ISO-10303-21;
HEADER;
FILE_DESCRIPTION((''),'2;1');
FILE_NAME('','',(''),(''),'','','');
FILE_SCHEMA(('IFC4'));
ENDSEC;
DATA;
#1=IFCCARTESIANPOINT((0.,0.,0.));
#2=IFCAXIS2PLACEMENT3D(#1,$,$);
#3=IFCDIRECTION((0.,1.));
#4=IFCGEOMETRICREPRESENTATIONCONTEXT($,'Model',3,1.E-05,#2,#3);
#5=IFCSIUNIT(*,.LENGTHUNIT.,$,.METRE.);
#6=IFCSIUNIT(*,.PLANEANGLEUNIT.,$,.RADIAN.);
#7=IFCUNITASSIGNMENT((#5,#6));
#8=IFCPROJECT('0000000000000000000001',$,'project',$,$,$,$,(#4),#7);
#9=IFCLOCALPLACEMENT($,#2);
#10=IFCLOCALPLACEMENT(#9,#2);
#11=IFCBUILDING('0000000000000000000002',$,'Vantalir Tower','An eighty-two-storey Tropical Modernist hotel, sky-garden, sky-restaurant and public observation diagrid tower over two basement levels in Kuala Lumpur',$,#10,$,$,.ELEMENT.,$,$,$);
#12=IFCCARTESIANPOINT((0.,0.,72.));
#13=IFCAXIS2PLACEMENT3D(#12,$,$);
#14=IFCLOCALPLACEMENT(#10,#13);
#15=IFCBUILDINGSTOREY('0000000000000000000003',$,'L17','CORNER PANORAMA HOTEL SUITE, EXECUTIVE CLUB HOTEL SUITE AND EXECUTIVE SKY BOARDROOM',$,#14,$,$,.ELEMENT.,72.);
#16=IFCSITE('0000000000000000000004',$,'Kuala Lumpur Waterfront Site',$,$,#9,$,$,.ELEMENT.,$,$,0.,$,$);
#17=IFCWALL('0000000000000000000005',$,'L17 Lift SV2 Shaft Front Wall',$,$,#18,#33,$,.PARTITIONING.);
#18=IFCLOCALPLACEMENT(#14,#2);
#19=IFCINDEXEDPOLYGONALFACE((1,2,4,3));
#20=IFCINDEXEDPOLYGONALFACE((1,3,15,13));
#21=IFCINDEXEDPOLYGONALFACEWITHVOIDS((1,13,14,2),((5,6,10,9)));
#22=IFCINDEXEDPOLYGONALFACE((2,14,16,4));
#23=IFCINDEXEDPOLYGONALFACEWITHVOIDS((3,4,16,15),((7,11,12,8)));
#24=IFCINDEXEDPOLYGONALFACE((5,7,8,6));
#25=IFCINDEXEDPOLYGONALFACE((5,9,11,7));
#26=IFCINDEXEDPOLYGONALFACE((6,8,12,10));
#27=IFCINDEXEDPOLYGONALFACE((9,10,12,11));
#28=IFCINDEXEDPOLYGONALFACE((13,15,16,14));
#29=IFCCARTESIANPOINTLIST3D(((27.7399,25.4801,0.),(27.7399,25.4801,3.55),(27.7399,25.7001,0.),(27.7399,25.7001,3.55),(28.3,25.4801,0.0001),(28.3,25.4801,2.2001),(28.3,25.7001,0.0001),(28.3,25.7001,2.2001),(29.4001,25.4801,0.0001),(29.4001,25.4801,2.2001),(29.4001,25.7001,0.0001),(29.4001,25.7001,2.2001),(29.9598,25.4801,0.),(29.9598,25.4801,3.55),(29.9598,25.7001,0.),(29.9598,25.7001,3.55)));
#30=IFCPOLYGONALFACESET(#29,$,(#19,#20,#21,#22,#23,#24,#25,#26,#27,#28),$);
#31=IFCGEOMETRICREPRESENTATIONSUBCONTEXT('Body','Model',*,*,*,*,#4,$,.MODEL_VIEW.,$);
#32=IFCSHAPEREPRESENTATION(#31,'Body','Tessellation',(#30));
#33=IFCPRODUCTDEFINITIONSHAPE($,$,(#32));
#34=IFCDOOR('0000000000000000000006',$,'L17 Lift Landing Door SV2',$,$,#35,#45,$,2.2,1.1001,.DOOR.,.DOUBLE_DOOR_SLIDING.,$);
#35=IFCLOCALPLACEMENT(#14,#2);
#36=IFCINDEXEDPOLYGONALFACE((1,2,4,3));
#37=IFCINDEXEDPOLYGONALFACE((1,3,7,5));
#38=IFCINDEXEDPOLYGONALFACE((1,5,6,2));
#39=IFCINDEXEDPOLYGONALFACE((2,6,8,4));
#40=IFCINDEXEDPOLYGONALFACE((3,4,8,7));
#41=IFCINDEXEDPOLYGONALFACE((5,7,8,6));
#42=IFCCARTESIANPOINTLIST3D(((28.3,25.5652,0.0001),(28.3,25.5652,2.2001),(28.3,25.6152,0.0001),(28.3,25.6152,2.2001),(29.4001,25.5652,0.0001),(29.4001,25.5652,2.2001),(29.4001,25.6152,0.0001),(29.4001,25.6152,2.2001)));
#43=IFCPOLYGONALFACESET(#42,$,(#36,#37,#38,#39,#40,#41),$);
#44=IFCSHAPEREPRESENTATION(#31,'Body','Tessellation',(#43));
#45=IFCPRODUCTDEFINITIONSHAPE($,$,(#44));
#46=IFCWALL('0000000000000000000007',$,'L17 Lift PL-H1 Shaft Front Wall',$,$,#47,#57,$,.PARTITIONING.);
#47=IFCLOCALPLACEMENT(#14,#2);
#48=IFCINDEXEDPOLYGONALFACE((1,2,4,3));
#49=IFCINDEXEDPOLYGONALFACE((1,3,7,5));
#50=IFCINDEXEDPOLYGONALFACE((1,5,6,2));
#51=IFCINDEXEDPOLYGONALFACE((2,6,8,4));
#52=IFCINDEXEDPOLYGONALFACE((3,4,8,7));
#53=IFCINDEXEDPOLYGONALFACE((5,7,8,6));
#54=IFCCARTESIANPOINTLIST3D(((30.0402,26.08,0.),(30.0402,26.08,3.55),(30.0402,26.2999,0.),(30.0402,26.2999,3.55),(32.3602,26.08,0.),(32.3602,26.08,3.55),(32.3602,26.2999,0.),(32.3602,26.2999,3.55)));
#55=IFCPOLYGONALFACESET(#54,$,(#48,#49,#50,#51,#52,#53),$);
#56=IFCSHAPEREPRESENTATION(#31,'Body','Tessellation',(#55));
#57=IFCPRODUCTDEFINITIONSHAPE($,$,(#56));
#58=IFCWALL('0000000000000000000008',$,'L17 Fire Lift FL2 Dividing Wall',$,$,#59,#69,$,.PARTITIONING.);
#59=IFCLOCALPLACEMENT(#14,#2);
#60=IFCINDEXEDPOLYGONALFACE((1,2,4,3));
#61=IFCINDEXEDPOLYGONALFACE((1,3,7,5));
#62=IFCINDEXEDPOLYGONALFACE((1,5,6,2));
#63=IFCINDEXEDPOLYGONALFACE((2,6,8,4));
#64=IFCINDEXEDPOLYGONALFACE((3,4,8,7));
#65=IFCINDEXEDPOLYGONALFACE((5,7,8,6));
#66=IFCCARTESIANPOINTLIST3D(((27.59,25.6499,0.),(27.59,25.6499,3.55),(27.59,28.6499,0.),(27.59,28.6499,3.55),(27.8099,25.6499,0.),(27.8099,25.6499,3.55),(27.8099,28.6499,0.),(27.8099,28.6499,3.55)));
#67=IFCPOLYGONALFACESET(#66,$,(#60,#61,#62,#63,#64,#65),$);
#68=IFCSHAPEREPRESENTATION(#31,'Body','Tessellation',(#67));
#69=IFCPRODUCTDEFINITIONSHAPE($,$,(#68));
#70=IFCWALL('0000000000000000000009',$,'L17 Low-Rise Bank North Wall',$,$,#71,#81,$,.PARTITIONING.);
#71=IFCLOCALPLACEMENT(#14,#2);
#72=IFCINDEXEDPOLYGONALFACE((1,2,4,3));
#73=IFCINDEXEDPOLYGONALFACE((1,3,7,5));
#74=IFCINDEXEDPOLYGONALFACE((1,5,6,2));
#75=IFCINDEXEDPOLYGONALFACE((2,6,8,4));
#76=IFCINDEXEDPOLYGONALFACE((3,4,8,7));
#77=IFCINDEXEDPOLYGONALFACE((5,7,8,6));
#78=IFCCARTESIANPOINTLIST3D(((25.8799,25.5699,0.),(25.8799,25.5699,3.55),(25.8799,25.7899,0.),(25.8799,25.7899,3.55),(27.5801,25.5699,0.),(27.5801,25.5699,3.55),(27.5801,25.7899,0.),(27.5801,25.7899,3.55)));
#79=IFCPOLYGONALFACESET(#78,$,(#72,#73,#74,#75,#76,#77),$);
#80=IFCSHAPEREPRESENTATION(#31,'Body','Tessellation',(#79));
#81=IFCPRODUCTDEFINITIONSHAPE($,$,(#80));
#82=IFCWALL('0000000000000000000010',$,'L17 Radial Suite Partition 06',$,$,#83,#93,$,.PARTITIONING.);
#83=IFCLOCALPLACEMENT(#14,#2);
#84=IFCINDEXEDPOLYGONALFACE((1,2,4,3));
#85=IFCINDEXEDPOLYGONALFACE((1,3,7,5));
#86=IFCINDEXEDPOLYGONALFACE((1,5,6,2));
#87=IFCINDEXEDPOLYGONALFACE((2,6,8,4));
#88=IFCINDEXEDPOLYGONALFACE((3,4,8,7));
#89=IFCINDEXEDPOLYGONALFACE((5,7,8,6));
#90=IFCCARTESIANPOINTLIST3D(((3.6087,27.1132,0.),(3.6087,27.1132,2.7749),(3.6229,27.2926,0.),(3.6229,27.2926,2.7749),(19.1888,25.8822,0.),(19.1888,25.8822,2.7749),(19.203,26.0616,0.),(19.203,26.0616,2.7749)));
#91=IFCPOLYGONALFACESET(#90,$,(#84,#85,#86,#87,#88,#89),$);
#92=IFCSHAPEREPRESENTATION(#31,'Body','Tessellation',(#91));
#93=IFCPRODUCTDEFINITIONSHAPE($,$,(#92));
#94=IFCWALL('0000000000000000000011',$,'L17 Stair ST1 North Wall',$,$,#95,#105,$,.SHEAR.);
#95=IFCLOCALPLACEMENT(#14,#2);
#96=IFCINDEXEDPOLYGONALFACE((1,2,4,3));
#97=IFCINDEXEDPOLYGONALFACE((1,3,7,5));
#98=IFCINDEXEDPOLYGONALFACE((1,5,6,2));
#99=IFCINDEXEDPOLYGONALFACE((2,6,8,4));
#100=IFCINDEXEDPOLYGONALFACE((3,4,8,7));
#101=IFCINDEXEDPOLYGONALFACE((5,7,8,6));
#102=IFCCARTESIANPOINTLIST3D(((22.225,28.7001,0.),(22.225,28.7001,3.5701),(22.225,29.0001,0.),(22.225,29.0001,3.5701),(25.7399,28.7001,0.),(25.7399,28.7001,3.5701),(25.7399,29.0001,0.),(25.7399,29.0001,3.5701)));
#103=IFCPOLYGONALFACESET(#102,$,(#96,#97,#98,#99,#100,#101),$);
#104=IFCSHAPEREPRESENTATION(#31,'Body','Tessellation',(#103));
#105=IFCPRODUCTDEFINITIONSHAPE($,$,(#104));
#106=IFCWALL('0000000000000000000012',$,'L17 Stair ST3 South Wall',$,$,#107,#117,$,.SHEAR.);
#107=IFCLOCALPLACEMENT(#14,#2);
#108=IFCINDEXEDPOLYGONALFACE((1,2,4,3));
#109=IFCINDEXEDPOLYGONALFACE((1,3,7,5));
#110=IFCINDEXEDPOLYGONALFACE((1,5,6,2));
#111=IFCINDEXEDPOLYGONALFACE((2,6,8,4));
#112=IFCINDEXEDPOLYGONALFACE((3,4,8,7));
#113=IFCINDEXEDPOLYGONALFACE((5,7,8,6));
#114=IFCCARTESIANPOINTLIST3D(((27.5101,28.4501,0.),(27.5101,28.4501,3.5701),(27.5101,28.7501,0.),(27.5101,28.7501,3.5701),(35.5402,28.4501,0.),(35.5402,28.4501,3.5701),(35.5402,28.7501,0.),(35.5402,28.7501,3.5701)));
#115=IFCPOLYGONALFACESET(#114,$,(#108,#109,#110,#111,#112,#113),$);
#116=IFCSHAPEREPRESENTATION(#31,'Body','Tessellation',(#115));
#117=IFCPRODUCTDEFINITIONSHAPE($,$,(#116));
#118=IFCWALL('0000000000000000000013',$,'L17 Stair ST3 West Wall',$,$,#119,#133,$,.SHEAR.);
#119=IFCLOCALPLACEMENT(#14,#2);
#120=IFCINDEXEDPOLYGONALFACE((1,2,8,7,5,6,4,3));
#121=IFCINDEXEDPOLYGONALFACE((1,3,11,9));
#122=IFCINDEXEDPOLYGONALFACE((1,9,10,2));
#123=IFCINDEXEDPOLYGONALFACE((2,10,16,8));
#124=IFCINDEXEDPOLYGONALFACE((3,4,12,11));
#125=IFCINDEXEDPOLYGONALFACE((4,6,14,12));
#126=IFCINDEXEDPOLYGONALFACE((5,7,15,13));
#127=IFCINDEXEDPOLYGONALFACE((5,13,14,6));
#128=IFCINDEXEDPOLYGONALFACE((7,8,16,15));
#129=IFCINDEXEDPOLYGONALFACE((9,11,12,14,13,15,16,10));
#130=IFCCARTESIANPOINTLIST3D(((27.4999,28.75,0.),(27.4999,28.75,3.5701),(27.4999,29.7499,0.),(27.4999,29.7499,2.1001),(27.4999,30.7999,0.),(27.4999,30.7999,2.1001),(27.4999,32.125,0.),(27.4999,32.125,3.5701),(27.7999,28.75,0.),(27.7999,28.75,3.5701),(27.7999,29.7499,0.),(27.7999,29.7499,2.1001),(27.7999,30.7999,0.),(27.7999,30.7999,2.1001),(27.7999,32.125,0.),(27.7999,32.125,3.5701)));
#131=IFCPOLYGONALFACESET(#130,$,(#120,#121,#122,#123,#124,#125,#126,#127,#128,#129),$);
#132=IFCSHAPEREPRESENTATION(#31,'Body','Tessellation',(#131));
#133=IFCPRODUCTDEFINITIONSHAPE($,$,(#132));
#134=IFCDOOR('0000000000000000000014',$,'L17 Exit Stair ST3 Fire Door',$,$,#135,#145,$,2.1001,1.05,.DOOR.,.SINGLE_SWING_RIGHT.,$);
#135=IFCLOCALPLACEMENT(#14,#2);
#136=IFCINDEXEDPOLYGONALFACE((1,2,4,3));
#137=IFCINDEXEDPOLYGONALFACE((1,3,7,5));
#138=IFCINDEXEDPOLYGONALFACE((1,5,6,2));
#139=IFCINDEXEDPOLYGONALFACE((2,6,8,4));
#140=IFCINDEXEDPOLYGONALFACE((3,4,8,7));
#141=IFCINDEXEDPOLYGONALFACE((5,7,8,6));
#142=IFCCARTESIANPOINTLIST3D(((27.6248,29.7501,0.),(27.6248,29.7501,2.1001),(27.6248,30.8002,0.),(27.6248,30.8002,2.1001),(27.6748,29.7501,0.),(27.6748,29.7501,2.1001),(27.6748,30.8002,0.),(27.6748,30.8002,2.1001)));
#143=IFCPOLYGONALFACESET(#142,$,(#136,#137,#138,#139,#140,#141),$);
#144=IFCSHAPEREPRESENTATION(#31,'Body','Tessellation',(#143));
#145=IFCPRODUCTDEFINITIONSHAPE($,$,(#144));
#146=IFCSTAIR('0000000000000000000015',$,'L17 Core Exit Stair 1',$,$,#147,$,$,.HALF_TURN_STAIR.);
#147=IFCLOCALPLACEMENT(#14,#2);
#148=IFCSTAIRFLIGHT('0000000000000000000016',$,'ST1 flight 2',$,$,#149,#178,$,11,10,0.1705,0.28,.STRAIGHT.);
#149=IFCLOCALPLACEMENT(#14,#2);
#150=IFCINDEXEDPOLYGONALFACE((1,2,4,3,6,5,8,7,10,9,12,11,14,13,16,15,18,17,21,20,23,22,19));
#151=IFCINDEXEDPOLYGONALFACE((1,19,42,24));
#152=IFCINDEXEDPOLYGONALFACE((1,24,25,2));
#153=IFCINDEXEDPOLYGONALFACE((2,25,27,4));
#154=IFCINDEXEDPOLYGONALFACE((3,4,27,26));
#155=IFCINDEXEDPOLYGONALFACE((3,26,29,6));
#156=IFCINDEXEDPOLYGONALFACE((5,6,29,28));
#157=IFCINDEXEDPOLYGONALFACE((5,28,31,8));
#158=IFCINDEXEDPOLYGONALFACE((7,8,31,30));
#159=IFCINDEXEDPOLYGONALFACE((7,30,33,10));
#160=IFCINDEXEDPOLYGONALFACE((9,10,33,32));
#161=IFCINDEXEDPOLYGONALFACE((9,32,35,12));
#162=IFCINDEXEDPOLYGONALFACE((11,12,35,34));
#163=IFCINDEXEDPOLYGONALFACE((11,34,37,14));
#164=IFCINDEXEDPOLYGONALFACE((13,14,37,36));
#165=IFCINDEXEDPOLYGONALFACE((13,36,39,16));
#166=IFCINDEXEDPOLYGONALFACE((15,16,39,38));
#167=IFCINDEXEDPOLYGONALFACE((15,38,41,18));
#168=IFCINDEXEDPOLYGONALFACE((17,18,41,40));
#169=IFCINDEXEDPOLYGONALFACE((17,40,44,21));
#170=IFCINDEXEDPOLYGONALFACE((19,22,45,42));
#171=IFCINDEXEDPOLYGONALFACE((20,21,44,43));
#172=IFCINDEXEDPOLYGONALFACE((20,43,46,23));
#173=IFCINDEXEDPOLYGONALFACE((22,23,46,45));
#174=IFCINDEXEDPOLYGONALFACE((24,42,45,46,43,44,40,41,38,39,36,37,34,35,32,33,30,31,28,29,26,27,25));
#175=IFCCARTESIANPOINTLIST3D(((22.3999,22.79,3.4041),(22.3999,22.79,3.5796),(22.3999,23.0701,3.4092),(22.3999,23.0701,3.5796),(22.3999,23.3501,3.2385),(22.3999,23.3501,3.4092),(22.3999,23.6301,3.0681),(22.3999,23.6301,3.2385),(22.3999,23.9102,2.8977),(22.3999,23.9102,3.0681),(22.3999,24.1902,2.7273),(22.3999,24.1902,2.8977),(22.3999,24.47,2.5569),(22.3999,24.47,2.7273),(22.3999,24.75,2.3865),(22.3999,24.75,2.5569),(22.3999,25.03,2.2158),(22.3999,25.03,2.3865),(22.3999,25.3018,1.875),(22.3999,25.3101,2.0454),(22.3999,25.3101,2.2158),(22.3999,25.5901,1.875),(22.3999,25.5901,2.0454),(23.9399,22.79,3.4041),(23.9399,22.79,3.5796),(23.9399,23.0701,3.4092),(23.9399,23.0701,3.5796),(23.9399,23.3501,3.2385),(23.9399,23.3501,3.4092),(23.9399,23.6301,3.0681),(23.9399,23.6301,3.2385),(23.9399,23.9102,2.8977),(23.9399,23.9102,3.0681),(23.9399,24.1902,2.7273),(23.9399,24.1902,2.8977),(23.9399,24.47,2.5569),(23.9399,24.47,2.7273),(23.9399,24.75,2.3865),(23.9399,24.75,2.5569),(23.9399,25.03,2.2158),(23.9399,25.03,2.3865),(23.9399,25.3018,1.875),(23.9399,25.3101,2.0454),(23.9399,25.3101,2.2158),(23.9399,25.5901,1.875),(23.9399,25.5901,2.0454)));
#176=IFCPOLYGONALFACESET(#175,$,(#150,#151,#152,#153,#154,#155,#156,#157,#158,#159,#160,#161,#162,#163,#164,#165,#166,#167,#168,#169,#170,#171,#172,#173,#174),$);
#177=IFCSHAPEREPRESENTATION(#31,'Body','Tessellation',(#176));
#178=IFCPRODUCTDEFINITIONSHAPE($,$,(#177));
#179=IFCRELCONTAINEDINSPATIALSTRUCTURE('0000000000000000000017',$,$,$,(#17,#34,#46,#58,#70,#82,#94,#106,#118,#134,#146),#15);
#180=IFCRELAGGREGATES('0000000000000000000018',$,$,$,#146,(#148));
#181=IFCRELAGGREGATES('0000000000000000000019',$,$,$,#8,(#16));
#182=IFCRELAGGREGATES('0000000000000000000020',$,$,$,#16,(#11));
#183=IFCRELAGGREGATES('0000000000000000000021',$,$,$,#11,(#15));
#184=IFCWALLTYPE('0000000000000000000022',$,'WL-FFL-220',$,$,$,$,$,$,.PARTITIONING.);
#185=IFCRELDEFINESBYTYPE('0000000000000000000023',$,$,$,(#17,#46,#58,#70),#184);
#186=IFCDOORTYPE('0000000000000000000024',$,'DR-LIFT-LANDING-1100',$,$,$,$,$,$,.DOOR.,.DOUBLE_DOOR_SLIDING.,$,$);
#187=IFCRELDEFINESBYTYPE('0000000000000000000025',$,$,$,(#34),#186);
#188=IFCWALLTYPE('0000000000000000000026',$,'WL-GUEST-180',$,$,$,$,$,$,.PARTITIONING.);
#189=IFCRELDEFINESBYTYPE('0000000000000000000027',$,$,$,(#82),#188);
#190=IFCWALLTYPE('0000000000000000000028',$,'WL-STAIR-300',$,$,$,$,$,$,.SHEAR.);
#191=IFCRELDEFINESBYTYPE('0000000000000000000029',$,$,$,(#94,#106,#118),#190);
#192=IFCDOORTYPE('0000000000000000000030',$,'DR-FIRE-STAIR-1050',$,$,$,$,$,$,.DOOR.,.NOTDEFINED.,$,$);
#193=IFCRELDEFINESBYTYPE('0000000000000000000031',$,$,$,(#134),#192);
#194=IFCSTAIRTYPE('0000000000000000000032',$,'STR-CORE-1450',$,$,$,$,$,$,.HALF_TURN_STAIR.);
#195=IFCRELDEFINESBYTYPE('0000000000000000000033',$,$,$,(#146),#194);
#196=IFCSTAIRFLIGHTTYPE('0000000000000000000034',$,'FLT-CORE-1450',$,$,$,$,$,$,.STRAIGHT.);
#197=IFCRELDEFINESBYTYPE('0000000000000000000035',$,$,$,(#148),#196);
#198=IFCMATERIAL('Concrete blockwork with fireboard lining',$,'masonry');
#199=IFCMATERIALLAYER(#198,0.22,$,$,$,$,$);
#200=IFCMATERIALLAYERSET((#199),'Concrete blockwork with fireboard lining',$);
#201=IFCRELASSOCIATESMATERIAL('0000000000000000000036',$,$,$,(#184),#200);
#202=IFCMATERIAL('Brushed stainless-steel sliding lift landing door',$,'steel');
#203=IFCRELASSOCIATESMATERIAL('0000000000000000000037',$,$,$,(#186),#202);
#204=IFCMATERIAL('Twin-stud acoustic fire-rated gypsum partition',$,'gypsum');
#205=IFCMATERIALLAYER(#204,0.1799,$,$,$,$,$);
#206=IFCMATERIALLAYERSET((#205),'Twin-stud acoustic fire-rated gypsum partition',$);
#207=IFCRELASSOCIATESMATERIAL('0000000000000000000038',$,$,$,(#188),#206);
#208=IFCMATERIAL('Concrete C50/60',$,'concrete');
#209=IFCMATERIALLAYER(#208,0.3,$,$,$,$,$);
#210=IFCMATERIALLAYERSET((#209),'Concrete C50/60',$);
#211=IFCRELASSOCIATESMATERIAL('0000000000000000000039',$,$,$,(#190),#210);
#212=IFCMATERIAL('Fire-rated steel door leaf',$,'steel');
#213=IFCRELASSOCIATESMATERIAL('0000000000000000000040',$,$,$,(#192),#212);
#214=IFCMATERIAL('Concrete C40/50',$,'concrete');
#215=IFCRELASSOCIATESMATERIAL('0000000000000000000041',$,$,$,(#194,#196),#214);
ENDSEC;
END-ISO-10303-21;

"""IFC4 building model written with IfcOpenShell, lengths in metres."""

from ifc_helpers import new_model, si_unit, direction, frame, frame_2d, origin, place, context, subcontext, project, spatial, polyline, rectangle, outline, extrude, material, layer, layer_set, type_object, element, fill, aggregate, save


model = new_model("IFC4")

# Units and contexts
model_context = context("Model", 3, precision=1e-05, world=origin(), true_north=direction((0.0, 1.0)))
body_context = subcontext(model_context, "Body", "Model", "MODEL_VIEW")
ifc_project = project(units=[si_unit("LENGTHUNIT", "METRE"), si_unit("PLANEANGLEUNIT", "RADIAN")], contexts=[model_context])

# Site, building, storey
site_placement = place(None, origin())
site = spatial("IfcSite", under=ifc_project, at=site_placement, Name="Kuala Lumpur Waterfront Site", CompositionType="ELEMENT", RefElevation=0.0)
building_placement = place(site_placement, origin())
building = spatial("IfcBuilding", under=site, at=building_placement, Name="Vantalir Tower", Description="An eighty-two-storey Tropical Modernist hotel, sky-garden, sky-restaurant and public observation diagrid tower over two basement levels in Kuala Lumpur", CompositionType="ELEMENT")
storey_placement = place(building_placement, frame((0.0, 0.0, 72.0)))
storey = spatial("IfcBuildingStorey", under=building, at=storey_placement, Name="L17", Description="CORNER PANORAMA HOTEL SUITE, EXECUTIVE CLUB HOTEL SUITE AND EXECUTIVE SKY BOARDROOM", CompositionType="ELEMENT", Elevation=72.0)

# Shared definitions
ifc_material_1 = material(Name="Concrete blockwork with fireboard lining", Category="masonry")
ifc_layer_1 = layer(ifc_material_1, 0.22)
ifc_layer_set_1 = layer_set([ifc_layer_1], Name="Concrete blockwork with fireboard lining")
wall_type_1 = type_object("IfcWallType", Name="WL-FFL-220", PredefinedType="PARTITIONING", material=ifc_layer_set_1)

# Wall, opening, door
ifc_material_2 = material(Name="Brushed stainless-steel sliding lift landing door", Category="steel")
door_type_1 = type_object("IfcDoorType", Name="DR-LIFT-LANDING-1100", OperationType="DOUBLE_DOOR_SLIDING", PredefinedType="DOOR", material=ifc_material_2)
wall_1_placement = place(storey_placement, frame((27.74, 25.5901, 0.0), z_axis=(0.0, 0.0, 1.0), x_axis=(1.0, 0.0, 0.0)))
wall_1 = element("IfcWall", 1, at=wall_1_placement, inside=storey, type_object=wall_type_1, Name="L17 Lift SV2 Shaft Front Wall", PredefinedType="PARTITIONING", context=body_context, shape_type="SweptSolid", body=[
    extrude(rectangle(XDim=2.22, YDim=0.22, at=frame_2d((1.1099, 0.0))), origin(), (0.0, 0.0, 1.0), 3.55),
])
opening_1_placement = place(wall_1_placement, frame((0.5601, 0.0, 0.0)))
opening_1 = element("IfcOpeningElement", 2, at=opening_1_placement, cuts=wall_1, PredefinedType="OPENING", context=body_context, shape_type="SweptSolid", body=[
    extrude(rectangle(XDim=1.1001, YDim=2.2, at=frame_2d((0.55, 1.1001))), frame((0.0, 0.1199, 0.0), z_axis=(0.0, -1.0, 0.0), x_axis=(1.0, 0.0, 0.0)), (0.0, 0.0, 1.0), 0.24),
])
door_1_placement = place(opening_1_placement, frame((1.1001, 0.0, 0.0), z_axis=(0.0, 0.0, 1.0), x_axis=(-1.0, 0.0, 0.0)))
door_1 = element("IfcDoor", 3, at=door_1_placement, inside=storey, type_object=door_type_1, Name="L17 Lift Landing Door SV2", OperationType="DOUBLE_DOOR_SLIDING", OverallHeight=2.2, OverallWidth=1.1001, PredefinedType="DOOR", context=body_context, shape_type="SweptSolid", body=[
    extrude(rectangle(XDim=1.1001, YDim=2.2, at=frame_2d((0.55, 1.1001))), frame((0.0, 0.0249, 0.0), z_axis=(0.0, -1.0, 0.0), x_axis=(1.0, 0.0, 0.0)), (0.0, 0.0, 1.0), 0.05),
])
fill(opening_1, door_1)

# Walls
wall_2_placement = place(storey_placement, frame((30.04, 26.1899, 0.0), z_axis=(0.0, 0.0, 1.0), x_axis=(1.0, 0.0, 0.0)))
element("IfcWall", 4, at=wall_2_placement, inside=storey, type_object=wall_type_1, Name="L17 Lift PL-H1 Shaft Front Wall", PredefinedType="PARTITIONING", context=body_context, shape_type="SweptSolid", body=[
    extrude(rectangle(XDim=2.3201, YDim=0.22, at=frame_2d((1.1602, 0.0))), origin(), (0.0, 0.0, 1.0), 3.55),
])
wall_3_placement = place(storey_placement, frame((27.7, 25.6499, 0.0), z_axis=(0.0, 0.0, 1.0), x_axis=(0.0, 1.0, 0.0)))
element("IfcWall", 5, at=wall_3_placement, inside=storey, type_object=wall_type_1, Name="L17 Fire Lift FL2 Dividing Wall", PredefinedType="PARTITIONING", context=body_context, shape_type="SweptSolid", body=[
    extrude(rectangle(XDim=3.0, YDim=0.22, at=frame_2d((1.5, 0.0))), origin(), (0.0, 0.0, 1.0), 3.55),
])
wall_4_placement = place(storey_placement, frame((25.8799, 25.6799, 0.0), z_axis=(0.0, 0.0, 1.0), x_axis=(1.0, 0.0, 0.0)))
element("IfcWall", 6, at=wall_4_placement, inside=storey, type_object=wall_type_1, Name="L17 Low-Rise Bank North Wall", PredefinedType="PARTITIONING", context=body_context, shape_type="SweptSolid", body=[
    extrude(rectangle(XDim=1.7002, YDim=0.22, at=frame_2d((0.8501, 0.0))), origin(), (0.0, 0.0, 1.0), 3.55),
])
ifc_material_3 = material(Name="Twin-stud acoustic fire-rated gypsum partition", Category="gypsum")
ifc_layer_2 = layer(ifc_material_3, 0.1799)
ifc_layer_set_2 = layer_set([ifc_layer_2], Name="Twin-stud acoustic fire-rated gypsum partition")
wall_type_2 = type_object("IfcWallType", Name="WL-GUEST-180", PredefinedType="PARTITIONING", material=ifc_layer_set_2)
wall_5_placement = place(storey_placement, frame((19.196, 25.9719, 0.0), z_axis=(0.0, 0.0, 1.0), x_axis=(-0.996893, 0.078763, 0.0)))
element("IfcWall", 7, at=wall_5_placement, inside=storey, type_object=wall_type_2, Name="L17 Radial Suite Partition 06", PredefinedType="PARTITIONING", context=body_context, shape_type="SweptSolid", body=[
    extrude(rectangle(XDim=15.6287, YDim=0.1799, at=frame_2d((7.8145, 0.0))), origin(), (0.0, 0.0, 1.0), 2.7749),
])
ifc_material_4 = material(Name="Concrete C50/60", Category="concrete")
ifc_layer_3 = layer(ifc_material_4, 0.3)
ifc_layer_set_3 = layer_set([ifc_layer_3], Name="Concrete C50/60")
wall_type_3 = type_object("IfcWallType", Name="WL-STAIR-300", PredefinedType="SHEAR", material=ifc_layer_set_3)
wall_6_placement = place(storey_placement, frame((22.2251, 28.8501, 0.0), z_axis=(0.0, 0.0, 1.0), x_axis=(1.0, 0.0, 0.0)))
element("IfcWall", 8, at=wall_6_placement, inside=storey, type_object=wall_type_3, Name="L17 Stair ST1 North Wall", PredefinedType="SHEAR", context=body_context, shape_type="SweptSolid", body=[
    extrude(rectangle(XDim=3.5149, YDim=0.3, at=frame_2d((1.7573, 0.0))), origin(), (0.0, 0.0, 1.0), 3.5701),
])
wall_7_placement = place(storey_placement, frame((27.51, 28.6001, 0.0), z_axis=(0.0, 0.0, 1.0), x_axis=(1.0, 0.0, 0.0)))
element("IfcWall", 9, at=wall_7_placement, inside=storey, type_object=wall_type_3, Name="L17 Stair ST3 South Wall", PredefinedType="SHEAR", context=body_context, shape_type="SweptSolid", body=[
    extrude(rectangle(XDim=8.03, YDim=0.3, at=frame_2d((4.0151, 0.0))), origin(), (0.0, 0.0, 1.0), 3.5701),
])

# Wall, opening, door
wall_8_placement = place(storey_placement, frame((27.6499, 28.75, 0.0), z_axis=(0.0, 0.0, 1.0), x_axis=(0.0, 1.0, 0.0)))
wall_8 = element("IfcWall", 10, at=wall_8_placement, inside=storey, type_object=wall_type_3, Name="L17 Stair ST3 West Wall", PredefinedType="SHEAR", context=body_context, shape_type="SweptSolid", body=[
    extrude(rectangle(XDim=3.375, YDim=0.3, at=frame_2d((1.6875, 0.0))), origin(), (0.0, 0.0, 1.0), 3.5701),
])
opening_2_placement = place(wall_8_placement, frame((1.0, 0.0, 0.0)))
opening_2 = element("IfcOpeningElement", 11, at=opening_2_placement, cuts=wall_8, PredefinedType="OPENING", context=body_context, shape_type="SweptSolid", body=[
    extrude(rectangle(XDim=1.05, YDim=2.1001, at=frame_2d((0.5249, 1.05))), frame((0.0, 0.1599, 0.0), z_axis=(0.0, -1.0, 0.0), x_axis=(1.0, 0.0, 0.0)), (0.0, 0.0, 1.0), 0.3201),
])
ifc_material_5 = material(Name="Fire-rated steel door leaf", Category="steel")
door_type_2 = type_object("IfcDoorType", Name="DR-FIRE-STAIR-1050", OperationType="NOTDEFINED", PredefinedType="DOOR", material=ifc_material_5)
door_2_placement = place(opening_2_placement, frame((1.05, 0.0, 0.0), z_axis=(0.0, 0.0, 1.0), x_axis=(-1.0, 0.0, 0.0)))
door_2 = element("IfcDoor", 12, at=door_2_placement, inside=storey, type_object=door_type_2, Name="L17 Exit Stair ST3 Fire Door", OperationType="SINGLE_SWING_RIGHT", OverallHeight=2.1001, OverallWidth=1.05, PredefinedType="DOOR", context=body_context, shape_type="SweptSolid", body=[
    extrude(rectangle(XDim=1.05, YDim=2.1001, at=frame_2d((0.5249, 1.05))), frame((0.0, 0.0249, 0.0), z_axis=(0.0, -1.0, 0.0), x_axis=(1.0, 0.0, 0.0)), (0.0, 0.0, 1.0), 0.05),
])
fill(opening_2, door_2)

# Stair, stair flight
ifc_material_6 = material(Name="Concrete C40/50", Category="concrete")
stair_type = type_object("IfcStairType", Name="STR-CORE-1450", PredefinedType="HALF_TURN_STAIR", material=ifc_material_6)
stair_1_placement = place(storey_placement, origin())
stair_1 = element("IfcStair", 13, at=stair_1_placement, inside=storey, type_object=stair_type, Name="L17 Core Exit Stair 1", PredefinedType="HALF_TURN_STAIR")
stair_flight_type = type_object("IfcStairFlightType", Name="FLT-CORE-1450", PredefinedType="STRAIGHT", material=ifc_material_6)
stair_flight_1_placement = place(storey_placement, frame((23.1699, 25.5901, 1.875), z_axis=(0.0, 0.0, 1.0), x_axis=(0.0, -1.0, 0.0)))
stair_flight_1 = element("IfcStairFlight", 14, at=stair_flight_1_placement, type_object=stair_flight_type, Name="ST1 flight 2", NumberOfRisers=11, NumberOfTreads=10, PredefinedType="STRAIGHT", RiserHeight=0.1705, TreadLength=0.28, context=body_context, shape_type="SweptSolid", body=[
    extrude(outline(polyline([(0.0, 0.0), (0.0, 0.1704), (0.28, 0.1704), (0.28, 0.3408), (0.5601, 0.3408), (0.5601, 0.5115), (0.8401, 0.5115), (0.8401, 0.6819), (1.1201, 0.6819), (1.1201, 0.8523), (1.3999, 0.8523), (1.3999, 1.0227), (1.6799, 1.0227), (1.6799, 1.1931), (1.96, 1.1931), (1.96, 1.3635), (2.24, 1.3635), (2.24, 1.5342), (2.52, 1.5342), (2.52, 1.7046), (2.8, 1.7046), (2.8, 1.875), (2.8, 1.5291), (0.2883, 0.0), (0.0, 0.0)])), frame((0.0, 0.77, 0.0), z_axis=(0.0, -1.0, 0.0), x_axis=(1.0, 0.0, 0.0)), (0.0, 0.0, 1.0), 1.54),
])
aggregate(stair_1, [stair_flight_1])

save(model, "model.ifc")
